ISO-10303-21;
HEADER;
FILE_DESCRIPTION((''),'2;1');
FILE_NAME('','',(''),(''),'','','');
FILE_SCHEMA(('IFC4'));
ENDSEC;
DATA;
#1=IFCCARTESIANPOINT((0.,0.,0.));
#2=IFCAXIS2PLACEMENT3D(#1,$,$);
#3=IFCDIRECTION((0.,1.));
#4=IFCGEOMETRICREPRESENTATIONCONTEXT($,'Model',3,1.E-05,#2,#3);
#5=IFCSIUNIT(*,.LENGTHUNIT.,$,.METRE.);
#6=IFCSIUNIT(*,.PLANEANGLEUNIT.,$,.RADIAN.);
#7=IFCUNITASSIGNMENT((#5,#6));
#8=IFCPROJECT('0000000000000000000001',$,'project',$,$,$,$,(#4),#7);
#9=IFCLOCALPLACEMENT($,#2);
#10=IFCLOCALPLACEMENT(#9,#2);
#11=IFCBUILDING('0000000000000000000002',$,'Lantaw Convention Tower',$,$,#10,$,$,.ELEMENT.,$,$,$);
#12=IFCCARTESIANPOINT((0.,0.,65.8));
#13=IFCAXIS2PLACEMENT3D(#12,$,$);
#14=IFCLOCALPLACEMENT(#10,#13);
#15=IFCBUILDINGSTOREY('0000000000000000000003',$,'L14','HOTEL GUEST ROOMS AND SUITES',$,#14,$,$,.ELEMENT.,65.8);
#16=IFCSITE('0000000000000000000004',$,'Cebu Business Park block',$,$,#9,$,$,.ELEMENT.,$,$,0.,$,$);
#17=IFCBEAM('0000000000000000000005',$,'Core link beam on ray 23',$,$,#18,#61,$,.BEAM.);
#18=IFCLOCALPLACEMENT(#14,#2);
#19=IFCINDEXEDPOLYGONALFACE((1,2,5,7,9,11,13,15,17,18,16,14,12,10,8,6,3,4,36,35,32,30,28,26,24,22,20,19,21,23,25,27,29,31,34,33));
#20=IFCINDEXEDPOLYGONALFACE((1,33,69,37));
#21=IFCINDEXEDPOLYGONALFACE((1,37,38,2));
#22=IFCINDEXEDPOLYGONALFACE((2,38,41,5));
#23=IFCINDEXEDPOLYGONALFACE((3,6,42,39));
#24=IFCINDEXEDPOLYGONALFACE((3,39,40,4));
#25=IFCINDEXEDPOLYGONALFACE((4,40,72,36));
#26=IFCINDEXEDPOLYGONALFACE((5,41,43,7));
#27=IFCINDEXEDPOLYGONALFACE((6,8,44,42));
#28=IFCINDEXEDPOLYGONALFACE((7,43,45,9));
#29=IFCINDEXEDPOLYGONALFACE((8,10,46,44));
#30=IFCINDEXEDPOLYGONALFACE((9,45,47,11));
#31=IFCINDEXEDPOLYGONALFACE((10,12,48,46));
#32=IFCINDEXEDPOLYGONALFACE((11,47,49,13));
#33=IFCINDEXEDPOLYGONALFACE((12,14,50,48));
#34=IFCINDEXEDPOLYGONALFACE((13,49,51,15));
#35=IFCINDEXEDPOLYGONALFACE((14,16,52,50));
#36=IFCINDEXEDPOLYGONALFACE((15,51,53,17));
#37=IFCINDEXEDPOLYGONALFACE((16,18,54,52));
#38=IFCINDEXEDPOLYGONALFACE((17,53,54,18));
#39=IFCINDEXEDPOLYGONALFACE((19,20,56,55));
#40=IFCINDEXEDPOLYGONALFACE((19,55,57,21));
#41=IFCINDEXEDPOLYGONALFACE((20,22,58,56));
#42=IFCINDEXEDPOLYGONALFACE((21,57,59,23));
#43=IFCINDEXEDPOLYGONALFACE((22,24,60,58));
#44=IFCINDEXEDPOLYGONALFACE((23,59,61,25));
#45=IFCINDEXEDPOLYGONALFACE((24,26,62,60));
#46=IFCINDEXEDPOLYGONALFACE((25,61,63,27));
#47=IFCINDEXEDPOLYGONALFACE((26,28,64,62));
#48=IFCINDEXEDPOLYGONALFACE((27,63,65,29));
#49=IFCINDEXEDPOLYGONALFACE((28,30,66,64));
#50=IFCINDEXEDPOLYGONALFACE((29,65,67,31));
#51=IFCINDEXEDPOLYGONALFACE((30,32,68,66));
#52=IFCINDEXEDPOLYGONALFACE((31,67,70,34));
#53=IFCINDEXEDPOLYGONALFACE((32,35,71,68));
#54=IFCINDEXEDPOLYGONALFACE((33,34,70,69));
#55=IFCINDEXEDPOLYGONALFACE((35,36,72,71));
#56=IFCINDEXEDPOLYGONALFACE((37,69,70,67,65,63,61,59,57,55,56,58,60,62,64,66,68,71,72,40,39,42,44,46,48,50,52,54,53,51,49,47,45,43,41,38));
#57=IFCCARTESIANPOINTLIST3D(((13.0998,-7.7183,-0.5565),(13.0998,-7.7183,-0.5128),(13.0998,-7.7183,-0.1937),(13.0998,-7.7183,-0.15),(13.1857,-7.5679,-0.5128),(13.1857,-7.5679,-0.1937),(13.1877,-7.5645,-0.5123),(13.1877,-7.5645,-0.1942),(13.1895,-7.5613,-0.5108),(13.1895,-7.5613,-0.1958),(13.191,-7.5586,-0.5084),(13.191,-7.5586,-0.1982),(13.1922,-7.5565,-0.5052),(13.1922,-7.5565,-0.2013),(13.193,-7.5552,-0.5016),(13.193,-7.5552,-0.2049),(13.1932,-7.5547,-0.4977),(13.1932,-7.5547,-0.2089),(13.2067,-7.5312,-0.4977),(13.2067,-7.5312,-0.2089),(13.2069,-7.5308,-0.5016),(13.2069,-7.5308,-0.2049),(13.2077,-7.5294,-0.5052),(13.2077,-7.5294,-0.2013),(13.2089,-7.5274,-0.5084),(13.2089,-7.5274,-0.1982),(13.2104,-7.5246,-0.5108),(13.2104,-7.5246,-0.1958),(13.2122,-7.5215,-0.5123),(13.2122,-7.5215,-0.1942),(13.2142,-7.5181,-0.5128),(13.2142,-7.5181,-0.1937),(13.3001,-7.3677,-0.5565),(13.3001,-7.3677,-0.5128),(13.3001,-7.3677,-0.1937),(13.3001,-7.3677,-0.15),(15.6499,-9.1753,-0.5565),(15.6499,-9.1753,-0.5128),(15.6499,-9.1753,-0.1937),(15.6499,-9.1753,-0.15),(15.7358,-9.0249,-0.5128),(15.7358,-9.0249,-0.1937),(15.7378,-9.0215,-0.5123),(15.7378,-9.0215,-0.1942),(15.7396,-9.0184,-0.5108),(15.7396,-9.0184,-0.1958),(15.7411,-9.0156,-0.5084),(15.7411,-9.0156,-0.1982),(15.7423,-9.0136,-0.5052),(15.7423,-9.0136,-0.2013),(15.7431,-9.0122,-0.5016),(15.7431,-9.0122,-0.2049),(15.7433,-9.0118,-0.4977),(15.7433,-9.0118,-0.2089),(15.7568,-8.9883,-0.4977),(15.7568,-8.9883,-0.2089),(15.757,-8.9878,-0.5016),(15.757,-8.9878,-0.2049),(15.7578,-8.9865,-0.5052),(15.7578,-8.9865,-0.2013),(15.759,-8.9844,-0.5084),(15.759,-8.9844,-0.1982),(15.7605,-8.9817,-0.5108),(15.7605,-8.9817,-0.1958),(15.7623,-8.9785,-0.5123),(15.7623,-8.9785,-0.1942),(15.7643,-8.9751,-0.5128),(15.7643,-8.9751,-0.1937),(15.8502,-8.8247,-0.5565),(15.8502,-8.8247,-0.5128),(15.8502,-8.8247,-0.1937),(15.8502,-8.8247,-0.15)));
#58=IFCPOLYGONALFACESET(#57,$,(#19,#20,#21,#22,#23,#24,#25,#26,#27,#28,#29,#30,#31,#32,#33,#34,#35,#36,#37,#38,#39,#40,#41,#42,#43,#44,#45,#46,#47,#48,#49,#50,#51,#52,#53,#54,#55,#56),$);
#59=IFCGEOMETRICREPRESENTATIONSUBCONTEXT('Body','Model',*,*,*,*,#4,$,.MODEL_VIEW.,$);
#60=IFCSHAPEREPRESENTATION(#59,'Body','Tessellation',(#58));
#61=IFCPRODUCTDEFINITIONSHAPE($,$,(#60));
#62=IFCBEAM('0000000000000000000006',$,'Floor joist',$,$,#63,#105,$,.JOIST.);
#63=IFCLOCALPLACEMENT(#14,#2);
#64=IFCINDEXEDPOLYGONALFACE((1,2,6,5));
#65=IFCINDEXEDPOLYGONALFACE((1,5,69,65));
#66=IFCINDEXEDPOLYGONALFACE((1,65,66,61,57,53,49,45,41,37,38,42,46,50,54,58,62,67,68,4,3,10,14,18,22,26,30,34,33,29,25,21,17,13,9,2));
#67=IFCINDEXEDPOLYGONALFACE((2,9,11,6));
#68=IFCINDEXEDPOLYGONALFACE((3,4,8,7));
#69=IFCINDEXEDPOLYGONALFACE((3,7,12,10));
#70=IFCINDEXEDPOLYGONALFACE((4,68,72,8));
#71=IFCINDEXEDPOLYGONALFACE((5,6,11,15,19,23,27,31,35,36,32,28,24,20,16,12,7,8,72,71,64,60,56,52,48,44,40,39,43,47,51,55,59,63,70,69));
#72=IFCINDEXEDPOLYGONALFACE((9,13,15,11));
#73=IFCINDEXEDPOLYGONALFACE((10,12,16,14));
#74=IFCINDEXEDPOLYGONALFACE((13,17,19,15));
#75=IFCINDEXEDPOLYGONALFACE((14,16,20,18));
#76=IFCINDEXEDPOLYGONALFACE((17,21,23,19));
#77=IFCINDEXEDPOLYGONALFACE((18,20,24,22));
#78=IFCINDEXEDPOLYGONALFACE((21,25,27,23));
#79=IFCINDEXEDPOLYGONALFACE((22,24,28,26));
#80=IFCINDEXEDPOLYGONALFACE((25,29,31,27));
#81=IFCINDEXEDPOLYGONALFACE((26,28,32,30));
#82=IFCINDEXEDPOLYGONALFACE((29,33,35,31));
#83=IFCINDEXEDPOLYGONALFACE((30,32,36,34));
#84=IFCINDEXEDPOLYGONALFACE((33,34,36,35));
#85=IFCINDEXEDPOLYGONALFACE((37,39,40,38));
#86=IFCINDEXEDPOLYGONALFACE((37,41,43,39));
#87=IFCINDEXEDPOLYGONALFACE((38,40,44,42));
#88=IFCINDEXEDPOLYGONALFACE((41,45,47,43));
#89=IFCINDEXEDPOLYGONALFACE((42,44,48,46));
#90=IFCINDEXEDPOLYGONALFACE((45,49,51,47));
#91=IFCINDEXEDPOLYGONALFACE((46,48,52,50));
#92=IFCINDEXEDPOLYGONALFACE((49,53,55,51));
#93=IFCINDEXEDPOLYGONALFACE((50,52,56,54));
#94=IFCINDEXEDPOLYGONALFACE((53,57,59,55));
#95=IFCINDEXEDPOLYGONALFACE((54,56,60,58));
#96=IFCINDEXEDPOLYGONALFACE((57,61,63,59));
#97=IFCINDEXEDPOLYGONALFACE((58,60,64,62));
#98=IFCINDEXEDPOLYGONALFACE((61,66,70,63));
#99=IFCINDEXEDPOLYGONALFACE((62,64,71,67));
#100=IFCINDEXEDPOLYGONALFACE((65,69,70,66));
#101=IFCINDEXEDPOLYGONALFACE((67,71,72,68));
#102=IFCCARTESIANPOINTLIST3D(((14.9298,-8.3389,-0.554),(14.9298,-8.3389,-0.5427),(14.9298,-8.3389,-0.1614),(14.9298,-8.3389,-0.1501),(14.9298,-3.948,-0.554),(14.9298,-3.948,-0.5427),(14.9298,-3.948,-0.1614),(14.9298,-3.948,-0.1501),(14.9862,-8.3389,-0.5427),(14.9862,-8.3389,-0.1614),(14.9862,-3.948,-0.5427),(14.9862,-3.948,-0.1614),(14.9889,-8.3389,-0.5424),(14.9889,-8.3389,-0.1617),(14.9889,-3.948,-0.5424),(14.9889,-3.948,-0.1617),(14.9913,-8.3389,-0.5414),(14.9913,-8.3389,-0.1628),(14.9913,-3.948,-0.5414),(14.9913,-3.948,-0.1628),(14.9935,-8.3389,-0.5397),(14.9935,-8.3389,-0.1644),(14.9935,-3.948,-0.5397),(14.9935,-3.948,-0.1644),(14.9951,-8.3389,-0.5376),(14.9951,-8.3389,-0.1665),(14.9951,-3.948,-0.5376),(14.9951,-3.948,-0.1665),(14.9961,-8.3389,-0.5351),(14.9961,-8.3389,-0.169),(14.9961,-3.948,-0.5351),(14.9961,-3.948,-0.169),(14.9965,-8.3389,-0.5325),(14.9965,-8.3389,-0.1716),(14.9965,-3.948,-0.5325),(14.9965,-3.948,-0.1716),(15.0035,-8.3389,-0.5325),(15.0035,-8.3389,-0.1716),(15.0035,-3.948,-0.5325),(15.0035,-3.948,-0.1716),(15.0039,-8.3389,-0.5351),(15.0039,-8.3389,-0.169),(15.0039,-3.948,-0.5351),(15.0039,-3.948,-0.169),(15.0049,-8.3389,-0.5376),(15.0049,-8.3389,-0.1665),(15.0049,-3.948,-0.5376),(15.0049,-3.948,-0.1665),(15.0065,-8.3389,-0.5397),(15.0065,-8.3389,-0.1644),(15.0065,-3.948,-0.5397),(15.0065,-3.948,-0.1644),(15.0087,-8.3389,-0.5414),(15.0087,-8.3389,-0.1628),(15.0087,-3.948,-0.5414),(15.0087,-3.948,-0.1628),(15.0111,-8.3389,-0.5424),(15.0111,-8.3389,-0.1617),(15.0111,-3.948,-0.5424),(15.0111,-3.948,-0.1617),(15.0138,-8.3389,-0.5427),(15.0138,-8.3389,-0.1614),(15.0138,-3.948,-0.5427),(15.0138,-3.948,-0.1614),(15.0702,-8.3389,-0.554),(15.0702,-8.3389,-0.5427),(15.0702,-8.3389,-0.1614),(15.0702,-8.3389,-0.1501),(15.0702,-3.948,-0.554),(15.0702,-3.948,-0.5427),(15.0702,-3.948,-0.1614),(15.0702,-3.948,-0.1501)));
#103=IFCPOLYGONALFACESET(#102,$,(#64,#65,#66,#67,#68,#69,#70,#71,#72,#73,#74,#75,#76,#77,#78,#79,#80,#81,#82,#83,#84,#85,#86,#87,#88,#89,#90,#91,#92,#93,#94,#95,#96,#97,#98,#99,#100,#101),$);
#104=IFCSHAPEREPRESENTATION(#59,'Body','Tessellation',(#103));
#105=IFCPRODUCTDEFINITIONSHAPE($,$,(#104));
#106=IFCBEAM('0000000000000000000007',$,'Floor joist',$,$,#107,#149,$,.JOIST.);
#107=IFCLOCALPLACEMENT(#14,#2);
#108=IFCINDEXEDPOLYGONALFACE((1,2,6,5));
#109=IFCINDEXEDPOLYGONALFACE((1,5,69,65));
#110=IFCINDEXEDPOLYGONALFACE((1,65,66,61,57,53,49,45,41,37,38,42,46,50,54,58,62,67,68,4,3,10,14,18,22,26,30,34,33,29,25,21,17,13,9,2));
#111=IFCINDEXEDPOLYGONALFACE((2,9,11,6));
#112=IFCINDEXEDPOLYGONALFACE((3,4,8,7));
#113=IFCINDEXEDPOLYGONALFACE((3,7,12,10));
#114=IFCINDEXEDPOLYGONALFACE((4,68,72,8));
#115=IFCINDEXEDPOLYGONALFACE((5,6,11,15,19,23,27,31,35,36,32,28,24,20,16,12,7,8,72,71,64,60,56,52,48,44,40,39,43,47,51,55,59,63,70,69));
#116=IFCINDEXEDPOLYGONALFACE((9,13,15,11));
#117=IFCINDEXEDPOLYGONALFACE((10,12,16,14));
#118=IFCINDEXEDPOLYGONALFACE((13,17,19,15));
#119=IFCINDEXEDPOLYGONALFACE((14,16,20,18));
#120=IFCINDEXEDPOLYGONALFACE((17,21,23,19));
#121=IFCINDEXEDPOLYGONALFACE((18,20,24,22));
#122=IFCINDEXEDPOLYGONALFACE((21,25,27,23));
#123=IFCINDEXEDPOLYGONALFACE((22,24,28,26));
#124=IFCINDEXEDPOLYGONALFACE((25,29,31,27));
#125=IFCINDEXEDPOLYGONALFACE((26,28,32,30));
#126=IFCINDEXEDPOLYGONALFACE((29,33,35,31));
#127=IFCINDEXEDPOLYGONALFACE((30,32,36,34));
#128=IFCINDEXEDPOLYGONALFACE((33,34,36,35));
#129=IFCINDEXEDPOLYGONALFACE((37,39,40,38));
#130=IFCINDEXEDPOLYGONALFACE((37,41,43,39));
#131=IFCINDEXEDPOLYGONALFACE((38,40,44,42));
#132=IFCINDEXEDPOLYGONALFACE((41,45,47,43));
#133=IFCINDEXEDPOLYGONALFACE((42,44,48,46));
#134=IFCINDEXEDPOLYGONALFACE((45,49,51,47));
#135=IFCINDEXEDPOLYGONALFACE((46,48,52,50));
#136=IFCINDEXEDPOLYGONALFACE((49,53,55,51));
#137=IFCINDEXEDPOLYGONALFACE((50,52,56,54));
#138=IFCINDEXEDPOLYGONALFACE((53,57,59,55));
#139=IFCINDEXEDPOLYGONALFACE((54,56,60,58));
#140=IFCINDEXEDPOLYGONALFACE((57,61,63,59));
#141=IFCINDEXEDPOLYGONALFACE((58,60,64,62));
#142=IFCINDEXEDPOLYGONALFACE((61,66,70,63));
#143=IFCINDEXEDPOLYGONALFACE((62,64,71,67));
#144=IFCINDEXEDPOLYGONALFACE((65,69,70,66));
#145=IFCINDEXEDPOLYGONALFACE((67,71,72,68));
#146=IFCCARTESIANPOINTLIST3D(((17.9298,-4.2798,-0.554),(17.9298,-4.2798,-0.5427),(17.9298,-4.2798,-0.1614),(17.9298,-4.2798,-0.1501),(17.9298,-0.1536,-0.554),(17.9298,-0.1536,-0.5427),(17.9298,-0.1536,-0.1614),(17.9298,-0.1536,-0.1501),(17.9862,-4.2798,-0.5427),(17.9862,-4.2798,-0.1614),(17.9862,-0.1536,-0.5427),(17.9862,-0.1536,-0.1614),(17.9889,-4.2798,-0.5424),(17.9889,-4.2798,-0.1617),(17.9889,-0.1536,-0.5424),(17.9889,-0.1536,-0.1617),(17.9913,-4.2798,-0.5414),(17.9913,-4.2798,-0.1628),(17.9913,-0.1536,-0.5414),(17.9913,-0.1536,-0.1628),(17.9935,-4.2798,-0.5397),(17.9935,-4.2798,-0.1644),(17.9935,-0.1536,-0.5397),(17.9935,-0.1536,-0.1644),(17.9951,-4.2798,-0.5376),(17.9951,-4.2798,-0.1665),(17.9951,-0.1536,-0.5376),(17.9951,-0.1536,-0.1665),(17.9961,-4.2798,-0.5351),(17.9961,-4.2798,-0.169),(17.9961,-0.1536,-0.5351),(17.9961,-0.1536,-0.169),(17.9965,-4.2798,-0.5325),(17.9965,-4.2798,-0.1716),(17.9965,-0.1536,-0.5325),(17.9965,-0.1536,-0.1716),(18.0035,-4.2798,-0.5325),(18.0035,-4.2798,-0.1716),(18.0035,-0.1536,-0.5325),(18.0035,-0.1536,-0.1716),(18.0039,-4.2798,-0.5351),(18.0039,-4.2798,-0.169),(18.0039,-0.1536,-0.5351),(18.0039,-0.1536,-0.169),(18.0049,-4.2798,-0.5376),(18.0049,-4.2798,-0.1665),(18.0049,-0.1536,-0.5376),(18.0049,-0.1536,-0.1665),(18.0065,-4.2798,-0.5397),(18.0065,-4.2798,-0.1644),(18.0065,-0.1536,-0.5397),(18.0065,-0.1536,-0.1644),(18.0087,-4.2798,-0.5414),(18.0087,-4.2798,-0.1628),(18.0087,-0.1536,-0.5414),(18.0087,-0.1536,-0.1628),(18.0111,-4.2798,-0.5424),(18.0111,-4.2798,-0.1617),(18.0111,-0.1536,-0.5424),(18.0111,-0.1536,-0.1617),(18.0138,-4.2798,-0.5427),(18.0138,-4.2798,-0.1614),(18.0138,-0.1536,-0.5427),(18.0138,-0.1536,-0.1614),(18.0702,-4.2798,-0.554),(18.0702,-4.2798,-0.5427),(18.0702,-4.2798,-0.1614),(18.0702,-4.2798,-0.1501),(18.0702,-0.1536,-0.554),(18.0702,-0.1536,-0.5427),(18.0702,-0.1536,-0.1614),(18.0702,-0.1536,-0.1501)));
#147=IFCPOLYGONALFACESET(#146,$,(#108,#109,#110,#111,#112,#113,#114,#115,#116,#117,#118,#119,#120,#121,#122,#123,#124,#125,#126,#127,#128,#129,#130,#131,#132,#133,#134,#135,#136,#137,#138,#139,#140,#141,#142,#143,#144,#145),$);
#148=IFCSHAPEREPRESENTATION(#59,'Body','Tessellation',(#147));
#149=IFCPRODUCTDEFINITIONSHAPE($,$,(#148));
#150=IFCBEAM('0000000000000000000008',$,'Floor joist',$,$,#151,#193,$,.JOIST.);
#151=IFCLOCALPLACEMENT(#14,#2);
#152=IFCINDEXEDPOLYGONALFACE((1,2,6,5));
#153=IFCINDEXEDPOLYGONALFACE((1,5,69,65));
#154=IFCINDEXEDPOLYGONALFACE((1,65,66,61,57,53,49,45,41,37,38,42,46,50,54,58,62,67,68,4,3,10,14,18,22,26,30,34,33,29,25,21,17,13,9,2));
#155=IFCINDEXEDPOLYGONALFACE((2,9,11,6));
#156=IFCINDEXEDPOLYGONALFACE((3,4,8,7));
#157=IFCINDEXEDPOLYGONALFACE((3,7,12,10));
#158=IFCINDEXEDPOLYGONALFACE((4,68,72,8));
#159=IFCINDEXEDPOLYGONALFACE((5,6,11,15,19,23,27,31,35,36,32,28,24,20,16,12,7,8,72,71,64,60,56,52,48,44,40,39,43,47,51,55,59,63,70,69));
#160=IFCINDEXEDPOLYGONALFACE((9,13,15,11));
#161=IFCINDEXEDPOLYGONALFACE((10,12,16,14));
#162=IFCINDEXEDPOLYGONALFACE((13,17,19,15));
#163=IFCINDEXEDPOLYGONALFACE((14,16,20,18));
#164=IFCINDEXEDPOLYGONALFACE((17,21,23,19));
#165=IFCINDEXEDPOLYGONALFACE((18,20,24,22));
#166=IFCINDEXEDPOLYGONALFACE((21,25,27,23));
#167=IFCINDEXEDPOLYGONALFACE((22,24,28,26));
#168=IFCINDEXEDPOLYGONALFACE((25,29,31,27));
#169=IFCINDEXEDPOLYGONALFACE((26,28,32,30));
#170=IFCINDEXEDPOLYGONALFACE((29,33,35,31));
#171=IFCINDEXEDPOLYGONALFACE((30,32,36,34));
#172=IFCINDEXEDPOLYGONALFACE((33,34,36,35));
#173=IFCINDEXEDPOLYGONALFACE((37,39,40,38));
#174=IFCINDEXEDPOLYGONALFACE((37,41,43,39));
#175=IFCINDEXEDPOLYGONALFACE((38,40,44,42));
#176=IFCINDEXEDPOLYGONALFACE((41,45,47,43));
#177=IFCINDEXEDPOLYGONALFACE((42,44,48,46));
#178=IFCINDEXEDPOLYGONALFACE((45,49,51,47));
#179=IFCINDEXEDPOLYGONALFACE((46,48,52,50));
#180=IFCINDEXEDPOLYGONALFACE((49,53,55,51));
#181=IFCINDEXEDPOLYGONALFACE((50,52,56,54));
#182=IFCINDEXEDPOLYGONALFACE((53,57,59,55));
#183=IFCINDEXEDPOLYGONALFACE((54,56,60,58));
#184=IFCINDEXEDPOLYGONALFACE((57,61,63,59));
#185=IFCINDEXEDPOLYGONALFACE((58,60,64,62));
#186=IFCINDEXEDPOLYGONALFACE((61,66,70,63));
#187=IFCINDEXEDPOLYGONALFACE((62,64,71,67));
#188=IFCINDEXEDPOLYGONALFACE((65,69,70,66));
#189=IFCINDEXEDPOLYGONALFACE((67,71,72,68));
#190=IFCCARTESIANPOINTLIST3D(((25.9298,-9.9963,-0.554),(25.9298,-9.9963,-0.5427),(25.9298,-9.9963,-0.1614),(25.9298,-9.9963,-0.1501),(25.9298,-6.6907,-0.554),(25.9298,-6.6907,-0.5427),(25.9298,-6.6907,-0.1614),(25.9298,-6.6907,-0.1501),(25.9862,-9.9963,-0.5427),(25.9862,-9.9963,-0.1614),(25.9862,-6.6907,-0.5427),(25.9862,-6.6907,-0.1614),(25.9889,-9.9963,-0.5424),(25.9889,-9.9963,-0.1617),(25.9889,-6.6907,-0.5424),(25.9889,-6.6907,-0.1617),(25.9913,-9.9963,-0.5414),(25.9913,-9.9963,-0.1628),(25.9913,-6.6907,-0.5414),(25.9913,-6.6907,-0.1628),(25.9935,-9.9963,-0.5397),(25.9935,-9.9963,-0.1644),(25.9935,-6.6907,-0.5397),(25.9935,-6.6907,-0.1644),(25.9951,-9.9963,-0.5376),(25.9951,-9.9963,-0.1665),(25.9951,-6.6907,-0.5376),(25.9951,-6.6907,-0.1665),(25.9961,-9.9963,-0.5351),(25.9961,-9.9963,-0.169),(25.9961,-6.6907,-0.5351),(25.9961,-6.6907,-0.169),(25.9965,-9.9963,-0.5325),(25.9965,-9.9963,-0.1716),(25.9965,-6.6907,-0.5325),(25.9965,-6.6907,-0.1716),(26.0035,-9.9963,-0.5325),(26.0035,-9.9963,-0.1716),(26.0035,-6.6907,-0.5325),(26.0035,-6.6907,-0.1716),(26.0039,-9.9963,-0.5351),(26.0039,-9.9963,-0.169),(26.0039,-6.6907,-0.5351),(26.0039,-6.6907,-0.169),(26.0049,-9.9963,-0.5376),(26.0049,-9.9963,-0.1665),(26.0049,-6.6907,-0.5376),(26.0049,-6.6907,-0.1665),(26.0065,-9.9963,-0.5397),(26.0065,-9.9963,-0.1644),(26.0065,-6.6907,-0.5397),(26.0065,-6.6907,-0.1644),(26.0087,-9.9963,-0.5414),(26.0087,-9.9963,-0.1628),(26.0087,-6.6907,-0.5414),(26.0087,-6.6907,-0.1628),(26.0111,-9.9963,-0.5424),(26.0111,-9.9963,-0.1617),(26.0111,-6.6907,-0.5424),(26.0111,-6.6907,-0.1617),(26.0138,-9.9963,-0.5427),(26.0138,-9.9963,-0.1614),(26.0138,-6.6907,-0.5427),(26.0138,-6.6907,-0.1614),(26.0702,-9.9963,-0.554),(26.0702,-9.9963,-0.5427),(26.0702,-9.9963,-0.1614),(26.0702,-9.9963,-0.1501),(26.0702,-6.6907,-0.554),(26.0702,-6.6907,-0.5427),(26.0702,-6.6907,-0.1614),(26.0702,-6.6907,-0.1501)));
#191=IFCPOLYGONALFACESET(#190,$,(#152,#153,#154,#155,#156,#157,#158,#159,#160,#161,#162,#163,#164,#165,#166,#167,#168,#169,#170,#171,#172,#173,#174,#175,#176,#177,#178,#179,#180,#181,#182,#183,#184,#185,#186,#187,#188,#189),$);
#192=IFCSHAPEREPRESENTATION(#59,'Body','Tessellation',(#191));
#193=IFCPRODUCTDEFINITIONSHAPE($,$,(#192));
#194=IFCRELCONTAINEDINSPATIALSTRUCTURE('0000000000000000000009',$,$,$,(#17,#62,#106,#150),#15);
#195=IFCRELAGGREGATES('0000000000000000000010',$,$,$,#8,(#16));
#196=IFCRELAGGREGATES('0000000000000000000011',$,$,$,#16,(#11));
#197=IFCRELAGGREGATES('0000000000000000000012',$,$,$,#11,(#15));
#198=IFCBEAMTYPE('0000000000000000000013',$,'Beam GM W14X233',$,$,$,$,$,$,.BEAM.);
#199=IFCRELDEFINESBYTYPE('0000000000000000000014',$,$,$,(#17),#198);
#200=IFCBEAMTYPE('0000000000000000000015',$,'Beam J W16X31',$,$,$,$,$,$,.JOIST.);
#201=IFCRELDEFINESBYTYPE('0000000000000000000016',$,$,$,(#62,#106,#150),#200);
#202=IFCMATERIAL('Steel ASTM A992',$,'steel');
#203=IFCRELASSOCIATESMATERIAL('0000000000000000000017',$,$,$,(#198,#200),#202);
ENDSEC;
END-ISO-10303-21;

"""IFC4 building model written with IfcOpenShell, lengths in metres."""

from ifc_helpers import new_model, si_unit, direction, frame, origin, origin_2d, place, context, subcontext, project, spatial, i_section, extrude, material, material_profile, profile_set, type_object, element, save


model = new_model("IFC4")

# Units and contexts
model_context = context("Model", 3, precision=1e-05, world=origin(), true_north=direction((0.0, 1.0)))
body_context = subcontext(model_context, "Body", "Model", "MODEL_VIEW")
ifc_project = project(units=[si_unit("LENGTHUNIT", "METRE"), si_unit("PLANEANGLEUNIT", "RADIAN")], contexts=[model_context])

# Site, building, storey
site_placement = place(None, origin())
site = spatial("IfcSite", under=ifc_project, at=site_placement, Name="Cebu Business Park block", CompositionType="ELEMENT", RefElevation=0.0)
building_placement = place(site_placement, origin())
building = spatial("IfcBuilding", under=site, at=building_placement, Name="Lantaw Convention Tower", CompositionType="ELEMENT")
storey_placement = place(building_placement, frame((0.0, 0.0, 65.8)))
storey = spatial("IfcBuildingStorey", under=building, at=storey_placement, Name="L14", Description="HOTEL GUEST ROOMS AND SUITES", CompositionType="ELEMENT", Elevation=65.8)

# Beams
ifc_material_1 = material(Name="Steel ASTM A992", Category="steel")
ifc_material_profile_1 = material_profile(ifc_material_1, i_section(OverallWidth=0.4038, OverallDepth=0.4065, WebThickness=0.0271, FlangeThickness=0.0437, FilletRadius=0.0151, at=origin_2d()), Name="W14X233")
ifc_profile_set_1 = profile_set([ifc_material_profile_1], Name="Steel ASTM A992")
beam_type_1 = type_object("IfcBeamType", Name="Beam GM W14X233", PredefinedType="BEAM", material=ifc_profile_set_1)
beam_1_placement = place(storey_placement, frame((13.2, -7.543, -0.3533), z_axis=(0.868264, -0.496103, 0.0), x_axis=(0.496103, 0.868264, 0.0)))
element("IfcBeam", 1, at=beam_1_placement, inside=storey, type_object=beam_type_1, Name="Core link beam on ray 23", PredefinedType="BEAM", context=body_context, shape_type="SweptSolid", body=[
    extrude(i_section(OverallWidth=0.4038, OverallDepth=0.4065, WebThickness=0.0271, FlangeThickness=0.0437, FilletRadius=0.0151, at=origin_2d()), origin(), (0.0, 0.0, 1.0), 2.937),
])
ifc_material_profile_2 = material_profile(ifc_material_1, i_section(OverallWidth=0.1404, OverallDepth=0.4038, WebThickness=0.0071, FlangeThickness=0.0112, FilletRadius=0.0103, at=origin_2d()), Name="W16X31")
ifc_profile_set_2 = profile_set([ifc_material_profile_2], Name="Steel ASTM A992")
beam_type_2 = type_object("IfcBeamType", Name="Beam J W16X31", PredefinedType="JOIST", material=ifc_profile_set_2)
beam_2_placement = place(storey_placement, frame((15.0, -8.3389, -0.3521), z_axis=(0.0, 1.0, 0.0), x_axis=(-1.0, 0.0, 0.0)))
element("IfcBeam", 2, at=beam_2_placement, inside=storey, type_object=beam_type_2, Name="Floor joist", PredefinedType="JOIST", context=body_context, shape_type="SweptSolid", body=[
    extrude(i_section(OverallWidth=0.1404, OverallDepth=0.4038, WebThickness=0.0071, FlangeThickness=0.0112, FilletRadius=0.0103, at=origin_2d()), origin(), (0.0, 0.0, 1.0), 4.3909),
])
beam_3_placement = place(storey_placement, frame((18.0, -4.2798, -0.3521), z_axis=(0.0, 1.0, 0.0), x_axis=(-1.0, 0.0, 0.0)))
element("IfcBeam", 3, at=beam_3_placement, inside=storey, type_object=beam_type_2, Name="Floor joist", PredefinedType="JOIST", context=body_context, shape_type="SweptSolid", body=[
    extrude(i_section(OverallWidth=0.1404, OverallDepth=0.4038, WebThickness=0.0071, FlangeThickness=0.0112, FilletRadius=0.0103, at=origin_2d()), origin(), (0.0, 0.0, 1.0), 4.1262),
])
beam_4_placement = place(storey_placement, frame((26.0, -9.9963, -0.3521), z_axis=(0.0, 1.0, 0.0), x_axis=(-1.0, 0.0, 0.0)))
element("IfcBeam", 4, at=beam_4_placement, inside=storey, type_object=beam_type_2, Name="Floor joist", PredefinedType="JOIST", context=body_context, shape_type="SweptSolid", body=[
    extrude(i_section(OverallWidth=0.1404, OverallDepth=0.4038, WebThickness=0.0071, FlangeThickness=0.0112, FilletRadius=0.0103, at=origin_2d()), origin(), (0.0, 0.0, 1.0), 3.3057),
])

save(model, "model.ifc")
